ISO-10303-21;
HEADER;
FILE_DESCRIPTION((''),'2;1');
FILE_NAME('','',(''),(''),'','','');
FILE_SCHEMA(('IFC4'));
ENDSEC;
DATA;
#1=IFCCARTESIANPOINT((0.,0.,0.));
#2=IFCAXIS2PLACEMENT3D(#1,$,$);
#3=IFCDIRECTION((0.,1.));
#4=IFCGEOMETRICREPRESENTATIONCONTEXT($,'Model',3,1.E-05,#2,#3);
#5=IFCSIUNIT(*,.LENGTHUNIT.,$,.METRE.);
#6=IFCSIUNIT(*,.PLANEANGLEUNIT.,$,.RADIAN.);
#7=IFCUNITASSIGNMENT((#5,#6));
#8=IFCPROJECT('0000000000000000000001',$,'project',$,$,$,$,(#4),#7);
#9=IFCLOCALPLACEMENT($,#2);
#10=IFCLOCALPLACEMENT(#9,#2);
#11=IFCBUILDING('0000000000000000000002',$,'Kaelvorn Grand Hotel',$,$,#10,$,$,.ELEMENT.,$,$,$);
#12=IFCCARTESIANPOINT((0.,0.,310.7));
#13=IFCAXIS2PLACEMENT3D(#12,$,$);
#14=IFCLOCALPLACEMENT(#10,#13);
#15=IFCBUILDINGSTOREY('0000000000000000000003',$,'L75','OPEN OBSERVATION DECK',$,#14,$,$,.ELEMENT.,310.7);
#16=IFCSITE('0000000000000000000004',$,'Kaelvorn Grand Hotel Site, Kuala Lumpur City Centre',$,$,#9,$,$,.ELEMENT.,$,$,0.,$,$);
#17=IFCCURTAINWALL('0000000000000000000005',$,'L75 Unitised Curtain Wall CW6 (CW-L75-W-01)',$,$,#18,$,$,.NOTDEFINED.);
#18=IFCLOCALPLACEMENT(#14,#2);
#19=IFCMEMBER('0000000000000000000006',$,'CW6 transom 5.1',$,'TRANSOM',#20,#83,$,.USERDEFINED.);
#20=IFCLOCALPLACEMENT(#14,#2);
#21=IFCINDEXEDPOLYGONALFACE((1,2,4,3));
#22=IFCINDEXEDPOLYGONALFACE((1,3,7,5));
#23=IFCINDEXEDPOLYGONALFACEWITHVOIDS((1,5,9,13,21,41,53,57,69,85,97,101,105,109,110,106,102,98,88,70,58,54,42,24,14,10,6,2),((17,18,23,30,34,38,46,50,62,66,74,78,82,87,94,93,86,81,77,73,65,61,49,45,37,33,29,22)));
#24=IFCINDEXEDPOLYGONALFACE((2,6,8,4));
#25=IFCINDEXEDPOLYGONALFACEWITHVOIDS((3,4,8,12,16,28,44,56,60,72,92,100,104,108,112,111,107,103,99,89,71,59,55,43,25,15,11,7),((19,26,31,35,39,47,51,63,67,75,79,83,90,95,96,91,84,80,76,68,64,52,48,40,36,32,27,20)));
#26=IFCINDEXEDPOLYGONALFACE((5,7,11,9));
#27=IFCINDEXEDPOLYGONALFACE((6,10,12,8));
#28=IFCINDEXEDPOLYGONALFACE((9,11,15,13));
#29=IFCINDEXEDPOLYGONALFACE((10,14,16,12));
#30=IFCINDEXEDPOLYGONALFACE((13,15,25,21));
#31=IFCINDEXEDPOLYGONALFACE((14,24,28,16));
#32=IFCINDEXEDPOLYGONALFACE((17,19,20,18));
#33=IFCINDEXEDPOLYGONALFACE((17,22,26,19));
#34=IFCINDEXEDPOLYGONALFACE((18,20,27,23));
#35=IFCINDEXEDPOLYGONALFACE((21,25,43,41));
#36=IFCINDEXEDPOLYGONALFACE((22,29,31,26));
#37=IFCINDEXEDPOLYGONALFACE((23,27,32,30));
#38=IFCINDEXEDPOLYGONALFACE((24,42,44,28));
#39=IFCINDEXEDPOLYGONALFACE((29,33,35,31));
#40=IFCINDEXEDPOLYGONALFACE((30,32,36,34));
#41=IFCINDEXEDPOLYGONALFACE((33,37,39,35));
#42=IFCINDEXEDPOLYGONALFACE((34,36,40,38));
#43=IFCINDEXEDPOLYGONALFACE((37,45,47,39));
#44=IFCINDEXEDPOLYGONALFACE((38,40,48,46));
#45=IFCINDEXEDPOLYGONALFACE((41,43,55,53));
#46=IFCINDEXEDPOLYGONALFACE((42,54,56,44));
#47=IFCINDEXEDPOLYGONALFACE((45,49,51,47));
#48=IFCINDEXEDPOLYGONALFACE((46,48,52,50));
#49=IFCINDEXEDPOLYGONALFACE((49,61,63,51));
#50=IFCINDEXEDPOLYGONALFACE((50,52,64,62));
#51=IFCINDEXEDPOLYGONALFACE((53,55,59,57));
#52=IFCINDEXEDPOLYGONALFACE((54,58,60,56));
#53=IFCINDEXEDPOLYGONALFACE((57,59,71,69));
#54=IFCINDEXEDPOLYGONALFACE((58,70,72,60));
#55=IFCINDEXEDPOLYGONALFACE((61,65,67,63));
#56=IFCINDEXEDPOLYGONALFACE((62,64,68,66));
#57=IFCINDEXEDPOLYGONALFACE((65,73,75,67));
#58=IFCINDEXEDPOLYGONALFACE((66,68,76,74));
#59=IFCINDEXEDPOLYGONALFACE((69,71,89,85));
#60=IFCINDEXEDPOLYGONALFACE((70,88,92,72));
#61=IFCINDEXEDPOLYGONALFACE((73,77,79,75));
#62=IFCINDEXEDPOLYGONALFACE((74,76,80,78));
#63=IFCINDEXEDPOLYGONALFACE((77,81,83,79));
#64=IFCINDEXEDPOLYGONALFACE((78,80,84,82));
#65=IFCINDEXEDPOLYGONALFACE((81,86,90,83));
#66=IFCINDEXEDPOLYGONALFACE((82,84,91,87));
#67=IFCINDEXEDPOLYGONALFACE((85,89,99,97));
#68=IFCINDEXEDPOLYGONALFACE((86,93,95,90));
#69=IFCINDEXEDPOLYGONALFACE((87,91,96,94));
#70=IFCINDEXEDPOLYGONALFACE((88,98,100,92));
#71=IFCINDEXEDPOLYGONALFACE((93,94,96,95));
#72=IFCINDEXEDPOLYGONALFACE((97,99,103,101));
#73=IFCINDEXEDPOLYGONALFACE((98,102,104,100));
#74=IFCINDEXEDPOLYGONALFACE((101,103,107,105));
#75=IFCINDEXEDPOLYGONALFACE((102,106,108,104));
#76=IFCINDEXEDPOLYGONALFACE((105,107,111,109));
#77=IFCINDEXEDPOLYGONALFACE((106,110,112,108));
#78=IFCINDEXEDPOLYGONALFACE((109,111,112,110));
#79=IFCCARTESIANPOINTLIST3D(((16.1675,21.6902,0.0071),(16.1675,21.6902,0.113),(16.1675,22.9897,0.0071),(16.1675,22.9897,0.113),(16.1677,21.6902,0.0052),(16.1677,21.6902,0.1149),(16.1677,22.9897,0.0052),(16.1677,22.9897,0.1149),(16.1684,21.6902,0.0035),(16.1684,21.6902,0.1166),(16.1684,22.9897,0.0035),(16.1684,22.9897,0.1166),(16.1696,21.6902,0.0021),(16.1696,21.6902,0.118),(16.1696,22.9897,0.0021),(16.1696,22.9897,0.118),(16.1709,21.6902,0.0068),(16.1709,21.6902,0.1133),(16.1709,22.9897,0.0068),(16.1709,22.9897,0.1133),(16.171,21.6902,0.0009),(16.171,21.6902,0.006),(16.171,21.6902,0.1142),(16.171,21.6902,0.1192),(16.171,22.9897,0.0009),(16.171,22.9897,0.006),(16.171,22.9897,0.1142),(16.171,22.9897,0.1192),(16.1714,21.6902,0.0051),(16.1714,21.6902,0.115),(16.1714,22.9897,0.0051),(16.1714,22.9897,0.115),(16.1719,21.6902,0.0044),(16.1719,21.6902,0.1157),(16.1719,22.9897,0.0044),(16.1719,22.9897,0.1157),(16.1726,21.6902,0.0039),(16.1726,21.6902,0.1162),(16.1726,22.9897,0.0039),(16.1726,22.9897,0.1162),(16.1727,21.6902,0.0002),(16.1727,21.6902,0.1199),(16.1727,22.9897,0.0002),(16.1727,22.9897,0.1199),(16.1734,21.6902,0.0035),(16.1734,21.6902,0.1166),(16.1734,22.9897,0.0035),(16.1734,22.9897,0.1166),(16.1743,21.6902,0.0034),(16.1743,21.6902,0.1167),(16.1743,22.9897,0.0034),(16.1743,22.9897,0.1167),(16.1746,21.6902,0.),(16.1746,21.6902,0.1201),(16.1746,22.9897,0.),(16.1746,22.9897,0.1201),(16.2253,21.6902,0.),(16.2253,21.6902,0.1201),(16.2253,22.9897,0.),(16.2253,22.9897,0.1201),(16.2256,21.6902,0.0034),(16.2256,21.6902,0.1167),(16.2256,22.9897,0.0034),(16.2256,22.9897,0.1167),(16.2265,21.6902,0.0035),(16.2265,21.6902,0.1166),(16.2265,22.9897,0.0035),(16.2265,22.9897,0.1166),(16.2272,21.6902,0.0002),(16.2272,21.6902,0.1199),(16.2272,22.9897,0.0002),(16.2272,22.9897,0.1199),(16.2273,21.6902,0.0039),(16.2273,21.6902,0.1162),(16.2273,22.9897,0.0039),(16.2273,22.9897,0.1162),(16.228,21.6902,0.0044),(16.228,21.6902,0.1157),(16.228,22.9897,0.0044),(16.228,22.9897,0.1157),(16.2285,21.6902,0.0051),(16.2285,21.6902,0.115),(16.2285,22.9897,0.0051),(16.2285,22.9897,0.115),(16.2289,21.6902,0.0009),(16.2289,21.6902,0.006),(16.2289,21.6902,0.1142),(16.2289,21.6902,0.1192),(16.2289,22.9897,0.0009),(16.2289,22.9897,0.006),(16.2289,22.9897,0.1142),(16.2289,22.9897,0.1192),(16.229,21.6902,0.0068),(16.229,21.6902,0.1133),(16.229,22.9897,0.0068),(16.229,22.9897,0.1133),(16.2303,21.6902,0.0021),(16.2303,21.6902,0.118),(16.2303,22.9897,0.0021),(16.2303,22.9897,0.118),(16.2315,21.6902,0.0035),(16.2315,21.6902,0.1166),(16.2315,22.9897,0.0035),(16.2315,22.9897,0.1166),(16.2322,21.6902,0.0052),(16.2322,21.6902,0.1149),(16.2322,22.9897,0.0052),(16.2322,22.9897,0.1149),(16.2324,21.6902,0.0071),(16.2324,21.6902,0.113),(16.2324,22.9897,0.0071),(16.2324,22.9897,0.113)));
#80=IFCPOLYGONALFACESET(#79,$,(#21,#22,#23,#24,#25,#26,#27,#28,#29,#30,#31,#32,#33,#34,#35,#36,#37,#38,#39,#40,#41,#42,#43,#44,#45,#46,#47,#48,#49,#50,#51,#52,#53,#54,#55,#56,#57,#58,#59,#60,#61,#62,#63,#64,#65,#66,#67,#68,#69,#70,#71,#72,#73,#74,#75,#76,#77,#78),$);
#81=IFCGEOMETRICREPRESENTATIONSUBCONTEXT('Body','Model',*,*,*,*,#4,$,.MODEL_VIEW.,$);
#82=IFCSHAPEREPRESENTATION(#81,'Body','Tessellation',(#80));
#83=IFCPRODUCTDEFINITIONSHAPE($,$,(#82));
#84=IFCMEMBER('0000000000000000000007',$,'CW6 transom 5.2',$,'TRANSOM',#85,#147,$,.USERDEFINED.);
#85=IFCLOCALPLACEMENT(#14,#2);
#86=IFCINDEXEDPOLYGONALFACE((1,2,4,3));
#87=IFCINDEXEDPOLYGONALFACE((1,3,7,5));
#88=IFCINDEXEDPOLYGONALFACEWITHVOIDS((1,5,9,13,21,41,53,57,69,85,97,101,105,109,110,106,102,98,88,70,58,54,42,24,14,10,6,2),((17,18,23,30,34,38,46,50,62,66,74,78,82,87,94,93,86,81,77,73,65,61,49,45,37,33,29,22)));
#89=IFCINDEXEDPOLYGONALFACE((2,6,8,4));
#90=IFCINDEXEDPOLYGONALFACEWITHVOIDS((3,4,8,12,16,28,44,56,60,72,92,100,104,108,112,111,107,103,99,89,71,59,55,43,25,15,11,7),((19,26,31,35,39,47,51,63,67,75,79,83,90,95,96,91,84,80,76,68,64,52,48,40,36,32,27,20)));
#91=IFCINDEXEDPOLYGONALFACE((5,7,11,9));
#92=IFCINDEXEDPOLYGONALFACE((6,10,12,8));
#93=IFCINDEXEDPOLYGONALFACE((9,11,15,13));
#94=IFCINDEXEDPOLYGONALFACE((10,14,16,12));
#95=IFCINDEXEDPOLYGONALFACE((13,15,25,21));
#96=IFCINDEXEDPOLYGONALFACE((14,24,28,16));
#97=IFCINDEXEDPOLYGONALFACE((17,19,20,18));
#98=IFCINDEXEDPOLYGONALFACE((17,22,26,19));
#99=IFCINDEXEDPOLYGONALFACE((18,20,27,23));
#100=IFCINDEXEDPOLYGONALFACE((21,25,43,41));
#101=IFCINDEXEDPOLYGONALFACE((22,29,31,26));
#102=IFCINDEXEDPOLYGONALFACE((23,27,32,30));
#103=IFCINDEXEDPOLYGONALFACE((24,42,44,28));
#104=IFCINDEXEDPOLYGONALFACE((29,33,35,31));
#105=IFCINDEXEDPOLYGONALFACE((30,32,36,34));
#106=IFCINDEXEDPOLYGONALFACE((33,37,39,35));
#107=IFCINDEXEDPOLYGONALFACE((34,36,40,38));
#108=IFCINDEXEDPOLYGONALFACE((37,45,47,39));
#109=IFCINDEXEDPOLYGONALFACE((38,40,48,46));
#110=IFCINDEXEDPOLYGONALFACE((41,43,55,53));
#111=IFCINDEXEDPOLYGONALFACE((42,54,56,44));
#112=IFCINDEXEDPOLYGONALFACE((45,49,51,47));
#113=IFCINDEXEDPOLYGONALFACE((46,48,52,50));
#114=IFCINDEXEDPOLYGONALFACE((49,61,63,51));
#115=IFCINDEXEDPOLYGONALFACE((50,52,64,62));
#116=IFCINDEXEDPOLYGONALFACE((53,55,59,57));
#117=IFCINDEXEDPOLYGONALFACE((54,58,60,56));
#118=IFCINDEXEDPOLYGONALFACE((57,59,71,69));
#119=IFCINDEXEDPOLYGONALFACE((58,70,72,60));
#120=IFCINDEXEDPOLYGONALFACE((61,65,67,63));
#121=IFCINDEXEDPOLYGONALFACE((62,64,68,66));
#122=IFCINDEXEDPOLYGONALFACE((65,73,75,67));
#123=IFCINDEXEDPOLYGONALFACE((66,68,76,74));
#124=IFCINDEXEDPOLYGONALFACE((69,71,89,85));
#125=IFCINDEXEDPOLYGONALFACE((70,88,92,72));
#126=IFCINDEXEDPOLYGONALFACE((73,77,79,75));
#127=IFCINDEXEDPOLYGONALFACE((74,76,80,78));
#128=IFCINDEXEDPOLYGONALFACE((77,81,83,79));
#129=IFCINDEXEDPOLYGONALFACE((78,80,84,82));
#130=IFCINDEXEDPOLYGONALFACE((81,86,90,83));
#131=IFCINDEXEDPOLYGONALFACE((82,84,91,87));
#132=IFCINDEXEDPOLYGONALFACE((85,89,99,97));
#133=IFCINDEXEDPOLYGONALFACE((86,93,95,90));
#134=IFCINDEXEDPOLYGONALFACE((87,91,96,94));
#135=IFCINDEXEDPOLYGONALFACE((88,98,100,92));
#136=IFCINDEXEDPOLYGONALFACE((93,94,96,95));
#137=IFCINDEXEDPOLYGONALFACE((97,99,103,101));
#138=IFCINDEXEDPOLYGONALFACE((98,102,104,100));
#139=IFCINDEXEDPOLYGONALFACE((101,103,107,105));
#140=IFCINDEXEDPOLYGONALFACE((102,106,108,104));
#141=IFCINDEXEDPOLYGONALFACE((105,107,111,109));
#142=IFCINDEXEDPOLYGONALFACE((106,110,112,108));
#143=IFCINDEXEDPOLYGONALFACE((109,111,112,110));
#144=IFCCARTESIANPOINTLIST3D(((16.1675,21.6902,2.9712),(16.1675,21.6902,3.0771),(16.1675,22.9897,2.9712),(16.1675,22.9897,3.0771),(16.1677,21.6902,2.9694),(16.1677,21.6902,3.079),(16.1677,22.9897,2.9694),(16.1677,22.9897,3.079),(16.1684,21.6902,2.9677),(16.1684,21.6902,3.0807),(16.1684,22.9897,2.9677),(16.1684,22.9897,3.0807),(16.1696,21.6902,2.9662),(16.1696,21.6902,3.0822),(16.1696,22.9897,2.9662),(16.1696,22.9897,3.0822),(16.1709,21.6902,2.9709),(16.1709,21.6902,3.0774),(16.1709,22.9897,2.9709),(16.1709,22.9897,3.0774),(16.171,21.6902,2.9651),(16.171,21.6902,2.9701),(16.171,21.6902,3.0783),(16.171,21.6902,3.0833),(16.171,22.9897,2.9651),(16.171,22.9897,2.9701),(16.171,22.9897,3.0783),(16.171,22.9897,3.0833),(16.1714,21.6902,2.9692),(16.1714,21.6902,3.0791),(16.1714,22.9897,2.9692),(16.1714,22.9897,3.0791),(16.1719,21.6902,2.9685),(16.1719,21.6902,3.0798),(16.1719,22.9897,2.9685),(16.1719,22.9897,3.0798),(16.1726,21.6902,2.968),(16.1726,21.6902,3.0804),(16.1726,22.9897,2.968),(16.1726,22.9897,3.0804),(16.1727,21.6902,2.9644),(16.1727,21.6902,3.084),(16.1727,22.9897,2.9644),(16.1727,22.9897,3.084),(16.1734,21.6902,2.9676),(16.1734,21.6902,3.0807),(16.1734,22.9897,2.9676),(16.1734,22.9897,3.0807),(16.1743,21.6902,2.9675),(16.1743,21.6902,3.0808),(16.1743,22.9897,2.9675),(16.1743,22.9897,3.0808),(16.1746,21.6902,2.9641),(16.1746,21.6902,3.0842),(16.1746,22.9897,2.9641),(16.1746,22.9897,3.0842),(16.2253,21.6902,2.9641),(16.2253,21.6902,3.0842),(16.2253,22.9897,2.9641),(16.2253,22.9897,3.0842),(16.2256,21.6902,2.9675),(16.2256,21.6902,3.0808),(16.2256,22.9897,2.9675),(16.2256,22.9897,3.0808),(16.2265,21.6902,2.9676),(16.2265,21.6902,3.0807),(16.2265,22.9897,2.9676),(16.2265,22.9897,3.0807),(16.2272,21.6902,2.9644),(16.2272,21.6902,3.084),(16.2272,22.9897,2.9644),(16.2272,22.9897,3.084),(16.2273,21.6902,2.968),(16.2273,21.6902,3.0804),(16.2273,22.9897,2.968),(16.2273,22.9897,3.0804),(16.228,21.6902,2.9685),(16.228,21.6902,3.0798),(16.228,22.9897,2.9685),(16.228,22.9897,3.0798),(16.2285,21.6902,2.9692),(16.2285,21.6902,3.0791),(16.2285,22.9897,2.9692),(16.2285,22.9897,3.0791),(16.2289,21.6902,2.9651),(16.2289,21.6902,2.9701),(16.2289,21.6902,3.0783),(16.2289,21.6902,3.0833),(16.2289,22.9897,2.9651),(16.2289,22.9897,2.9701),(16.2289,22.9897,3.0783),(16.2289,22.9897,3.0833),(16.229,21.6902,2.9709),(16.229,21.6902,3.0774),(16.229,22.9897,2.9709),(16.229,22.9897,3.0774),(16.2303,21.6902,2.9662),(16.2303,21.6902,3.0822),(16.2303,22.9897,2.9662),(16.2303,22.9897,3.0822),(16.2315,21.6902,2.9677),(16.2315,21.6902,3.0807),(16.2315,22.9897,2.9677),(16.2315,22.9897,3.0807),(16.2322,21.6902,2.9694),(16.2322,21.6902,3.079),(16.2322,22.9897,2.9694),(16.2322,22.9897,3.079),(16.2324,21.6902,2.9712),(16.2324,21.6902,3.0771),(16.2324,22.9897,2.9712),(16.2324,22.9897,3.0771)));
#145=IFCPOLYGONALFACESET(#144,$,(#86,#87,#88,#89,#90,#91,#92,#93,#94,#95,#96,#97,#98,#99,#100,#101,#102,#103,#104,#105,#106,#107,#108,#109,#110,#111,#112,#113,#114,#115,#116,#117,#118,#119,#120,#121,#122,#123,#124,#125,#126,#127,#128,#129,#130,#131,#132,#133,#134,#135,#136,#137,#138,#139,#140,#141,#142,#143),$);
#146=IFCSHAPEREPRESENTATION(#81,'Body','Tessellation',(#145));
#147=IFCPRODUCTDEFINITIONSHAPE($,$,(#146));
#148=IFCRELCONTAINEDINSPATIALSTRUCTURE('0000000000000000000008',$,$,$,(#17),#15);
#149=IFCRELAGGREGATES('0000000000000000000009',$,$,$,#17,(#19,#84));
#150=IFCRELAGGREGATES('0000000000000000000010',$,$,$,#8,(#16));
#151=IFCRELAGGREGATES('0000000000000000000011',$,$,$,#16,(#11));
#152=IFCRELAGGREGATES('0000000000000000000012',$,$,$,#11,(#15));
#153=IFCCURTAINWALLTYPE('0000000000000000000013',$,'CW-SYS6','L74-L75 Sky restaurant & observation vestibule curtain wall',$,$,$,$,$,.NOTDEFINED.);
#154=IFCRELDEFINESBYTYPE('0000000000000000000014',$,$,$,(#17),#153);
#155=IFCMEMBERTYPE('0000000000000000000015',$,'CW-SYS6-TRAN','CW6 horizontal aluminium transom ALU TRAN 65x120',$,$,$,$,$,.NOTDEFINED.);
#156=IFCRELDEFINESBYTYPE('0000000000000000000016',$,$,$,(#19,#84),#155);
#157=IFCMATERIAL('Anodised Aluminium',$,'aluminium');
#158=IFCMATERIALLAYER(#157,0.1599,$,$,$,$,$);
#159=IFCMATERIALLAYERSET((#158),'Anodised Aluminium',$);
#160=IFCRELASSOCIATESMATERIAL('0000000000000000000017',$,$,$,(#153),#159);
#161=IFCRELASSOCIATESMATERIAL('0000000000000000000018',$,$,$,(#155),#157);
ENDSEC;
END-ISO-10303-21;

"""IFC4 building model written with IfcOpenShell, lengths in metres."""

from ifc_helpers import new_model, si_unit, direction, frame, origin, origin_2d, place, context, subcontext, project, spatial, hollow_rectangle, extrude, material, layer, layer_set, material_profile, profile_set, type_object, element, aggregate, save


model = new_model("IFC4")

# Units and contexts
model_context = context("Model", 3, precision=1e-05, world=origin(), true_north=direction((0.0, 1.0)))
body_context = subcontext(model_context, "Body", "Model", "MODEL_VIEW")
ifc_project = project(units=[si_unit("LENGTHUNIT", "METRE"), si_unit("PLANEANGLEUNIT", "RADIAN")], contexts=[model_context])

# Site, building, storey
site_placement = place(None, origin())
site = spatial("IfcSite", under=ifc_project, at=site_placement, Name="Kaelvorn Grand Hotel Site, Kuala Lumpur City Centre", CompositionType="ELEMENT", RefElevation=0.0)
building_placement = place(site_placement, origin())
building = spatial("IfcBuilding", under=site, at=building_placement, Name="Kaelvorn Grand Hotel", CompositionType="ELEMENT")
storey_placement = place(building_placement, frame((0.0, 0.0, 310.7)))
storey = spatial("IfcBuildingStorey", under=building, at=storey_placement, Name="L75", Description="OPEN OBSERVATION DECK", CompositionType="ELEMENT", Elevation=310.7)

# Curtain wall, members
ifc_material_1 = material(Name="Anodised Aluminium", Category="aluminium")
ifc_layer_1 = layer(ifc_material_1, 0.1599)
ifc_layer_set_1 = layer_set([ifc_layer_1], Name="Anodised Aluminium")
curtain_wall_type = type_object("IfcCurtainWallType", Name="CW-SYS6", Description="L74-L75 Sky restaurant & observation vestibule curtain wall", PredefinedType="NOTDEFINED", material=ifc_layer_set_1)
curtain_wall_placement = place(storey_placement, origin())
curtain_wall = element("IfcCurtainWall", 1, at=curtain_wall_placement, inside=storey, type_object=curtain_wall_type, Name="L75 Unitised Curtain Wall CW6 (CW-L75-W-01)", PredefinedType="NOTDEFINED")
ifc_material_profile_1 = material_profile(ifc_material_1, hollow_rectangle(XDim=0.0649, YDim=0.1201, WallThickness=0.0034, InnerFilletRadius=0.0034, OuterFilletRadius=0.0071, at=origin_2d()), Name="ALU TRAN 65x120")
ifc_profile_set_1 = profile_set([ifc_material_profile_1], Name="Anodised Aluminium")
member_type_1 = type_object("IfcMemberType", Name="CW-SYS6-TRAN", Description="CW6 horizontal aluminium transom ALU TRAN 65x120", PredefinedType="NOTDEFINED", material=ifc_profile_set_1)
member_1_placement = place(storey_placement, frame((16.2, 22.9897, 0.0601), z_axis=(0.0, -1.0, 0.0), x_axis=(1.0, 0.0, 0.0)))
member_1 = element("IfcMember", 2, at=member_1_placement, type_object=member_type_1, Name="CW6 transom 5.1", ObjectType="TRANSOM", PredefinedType="USERDEFINED", context=body_context, shape_type="SweptSolid", body=[
    extrude(hollow_rectangle(XDim=0.0649, YDim=0.1201, WallThickness=0.0034, InnerFilletRadius=0.0034, OuterFilletRadius=0.0071, at=origin_2d()), origin(), (0.0, 0.0, 1.0), 1.2996),
])
member_2_placement = place(storey_placement, frame((16.2, 22.9897, 3.0242), z_axis=(0.0, -1.0, 0.0), x_axis=(1.0, 0.0, 0.0)))
member_2 = element("IfcMember", 3, at=member_2_placement, type_object=member_type_1, Name="CW6 transom 5.2", ObjectType="TRANSOM", PredefinedType="USERDEFINED", context=body_context, shape_type="SweptSolid", body=[
    extrude(hollow_rectangle(XDim=0.0649, YDim=0.1201, WallThickness=0.0034, InnerFilletRadius=0.0034, OuterFilletRadius=0.0071, at=origin_2d()), origin(), (0.0, 0.0, 1.0), 1.2996),
])
aggregate(curtain_wall, [member_1, member_2])

save(model, "model.ifc")
